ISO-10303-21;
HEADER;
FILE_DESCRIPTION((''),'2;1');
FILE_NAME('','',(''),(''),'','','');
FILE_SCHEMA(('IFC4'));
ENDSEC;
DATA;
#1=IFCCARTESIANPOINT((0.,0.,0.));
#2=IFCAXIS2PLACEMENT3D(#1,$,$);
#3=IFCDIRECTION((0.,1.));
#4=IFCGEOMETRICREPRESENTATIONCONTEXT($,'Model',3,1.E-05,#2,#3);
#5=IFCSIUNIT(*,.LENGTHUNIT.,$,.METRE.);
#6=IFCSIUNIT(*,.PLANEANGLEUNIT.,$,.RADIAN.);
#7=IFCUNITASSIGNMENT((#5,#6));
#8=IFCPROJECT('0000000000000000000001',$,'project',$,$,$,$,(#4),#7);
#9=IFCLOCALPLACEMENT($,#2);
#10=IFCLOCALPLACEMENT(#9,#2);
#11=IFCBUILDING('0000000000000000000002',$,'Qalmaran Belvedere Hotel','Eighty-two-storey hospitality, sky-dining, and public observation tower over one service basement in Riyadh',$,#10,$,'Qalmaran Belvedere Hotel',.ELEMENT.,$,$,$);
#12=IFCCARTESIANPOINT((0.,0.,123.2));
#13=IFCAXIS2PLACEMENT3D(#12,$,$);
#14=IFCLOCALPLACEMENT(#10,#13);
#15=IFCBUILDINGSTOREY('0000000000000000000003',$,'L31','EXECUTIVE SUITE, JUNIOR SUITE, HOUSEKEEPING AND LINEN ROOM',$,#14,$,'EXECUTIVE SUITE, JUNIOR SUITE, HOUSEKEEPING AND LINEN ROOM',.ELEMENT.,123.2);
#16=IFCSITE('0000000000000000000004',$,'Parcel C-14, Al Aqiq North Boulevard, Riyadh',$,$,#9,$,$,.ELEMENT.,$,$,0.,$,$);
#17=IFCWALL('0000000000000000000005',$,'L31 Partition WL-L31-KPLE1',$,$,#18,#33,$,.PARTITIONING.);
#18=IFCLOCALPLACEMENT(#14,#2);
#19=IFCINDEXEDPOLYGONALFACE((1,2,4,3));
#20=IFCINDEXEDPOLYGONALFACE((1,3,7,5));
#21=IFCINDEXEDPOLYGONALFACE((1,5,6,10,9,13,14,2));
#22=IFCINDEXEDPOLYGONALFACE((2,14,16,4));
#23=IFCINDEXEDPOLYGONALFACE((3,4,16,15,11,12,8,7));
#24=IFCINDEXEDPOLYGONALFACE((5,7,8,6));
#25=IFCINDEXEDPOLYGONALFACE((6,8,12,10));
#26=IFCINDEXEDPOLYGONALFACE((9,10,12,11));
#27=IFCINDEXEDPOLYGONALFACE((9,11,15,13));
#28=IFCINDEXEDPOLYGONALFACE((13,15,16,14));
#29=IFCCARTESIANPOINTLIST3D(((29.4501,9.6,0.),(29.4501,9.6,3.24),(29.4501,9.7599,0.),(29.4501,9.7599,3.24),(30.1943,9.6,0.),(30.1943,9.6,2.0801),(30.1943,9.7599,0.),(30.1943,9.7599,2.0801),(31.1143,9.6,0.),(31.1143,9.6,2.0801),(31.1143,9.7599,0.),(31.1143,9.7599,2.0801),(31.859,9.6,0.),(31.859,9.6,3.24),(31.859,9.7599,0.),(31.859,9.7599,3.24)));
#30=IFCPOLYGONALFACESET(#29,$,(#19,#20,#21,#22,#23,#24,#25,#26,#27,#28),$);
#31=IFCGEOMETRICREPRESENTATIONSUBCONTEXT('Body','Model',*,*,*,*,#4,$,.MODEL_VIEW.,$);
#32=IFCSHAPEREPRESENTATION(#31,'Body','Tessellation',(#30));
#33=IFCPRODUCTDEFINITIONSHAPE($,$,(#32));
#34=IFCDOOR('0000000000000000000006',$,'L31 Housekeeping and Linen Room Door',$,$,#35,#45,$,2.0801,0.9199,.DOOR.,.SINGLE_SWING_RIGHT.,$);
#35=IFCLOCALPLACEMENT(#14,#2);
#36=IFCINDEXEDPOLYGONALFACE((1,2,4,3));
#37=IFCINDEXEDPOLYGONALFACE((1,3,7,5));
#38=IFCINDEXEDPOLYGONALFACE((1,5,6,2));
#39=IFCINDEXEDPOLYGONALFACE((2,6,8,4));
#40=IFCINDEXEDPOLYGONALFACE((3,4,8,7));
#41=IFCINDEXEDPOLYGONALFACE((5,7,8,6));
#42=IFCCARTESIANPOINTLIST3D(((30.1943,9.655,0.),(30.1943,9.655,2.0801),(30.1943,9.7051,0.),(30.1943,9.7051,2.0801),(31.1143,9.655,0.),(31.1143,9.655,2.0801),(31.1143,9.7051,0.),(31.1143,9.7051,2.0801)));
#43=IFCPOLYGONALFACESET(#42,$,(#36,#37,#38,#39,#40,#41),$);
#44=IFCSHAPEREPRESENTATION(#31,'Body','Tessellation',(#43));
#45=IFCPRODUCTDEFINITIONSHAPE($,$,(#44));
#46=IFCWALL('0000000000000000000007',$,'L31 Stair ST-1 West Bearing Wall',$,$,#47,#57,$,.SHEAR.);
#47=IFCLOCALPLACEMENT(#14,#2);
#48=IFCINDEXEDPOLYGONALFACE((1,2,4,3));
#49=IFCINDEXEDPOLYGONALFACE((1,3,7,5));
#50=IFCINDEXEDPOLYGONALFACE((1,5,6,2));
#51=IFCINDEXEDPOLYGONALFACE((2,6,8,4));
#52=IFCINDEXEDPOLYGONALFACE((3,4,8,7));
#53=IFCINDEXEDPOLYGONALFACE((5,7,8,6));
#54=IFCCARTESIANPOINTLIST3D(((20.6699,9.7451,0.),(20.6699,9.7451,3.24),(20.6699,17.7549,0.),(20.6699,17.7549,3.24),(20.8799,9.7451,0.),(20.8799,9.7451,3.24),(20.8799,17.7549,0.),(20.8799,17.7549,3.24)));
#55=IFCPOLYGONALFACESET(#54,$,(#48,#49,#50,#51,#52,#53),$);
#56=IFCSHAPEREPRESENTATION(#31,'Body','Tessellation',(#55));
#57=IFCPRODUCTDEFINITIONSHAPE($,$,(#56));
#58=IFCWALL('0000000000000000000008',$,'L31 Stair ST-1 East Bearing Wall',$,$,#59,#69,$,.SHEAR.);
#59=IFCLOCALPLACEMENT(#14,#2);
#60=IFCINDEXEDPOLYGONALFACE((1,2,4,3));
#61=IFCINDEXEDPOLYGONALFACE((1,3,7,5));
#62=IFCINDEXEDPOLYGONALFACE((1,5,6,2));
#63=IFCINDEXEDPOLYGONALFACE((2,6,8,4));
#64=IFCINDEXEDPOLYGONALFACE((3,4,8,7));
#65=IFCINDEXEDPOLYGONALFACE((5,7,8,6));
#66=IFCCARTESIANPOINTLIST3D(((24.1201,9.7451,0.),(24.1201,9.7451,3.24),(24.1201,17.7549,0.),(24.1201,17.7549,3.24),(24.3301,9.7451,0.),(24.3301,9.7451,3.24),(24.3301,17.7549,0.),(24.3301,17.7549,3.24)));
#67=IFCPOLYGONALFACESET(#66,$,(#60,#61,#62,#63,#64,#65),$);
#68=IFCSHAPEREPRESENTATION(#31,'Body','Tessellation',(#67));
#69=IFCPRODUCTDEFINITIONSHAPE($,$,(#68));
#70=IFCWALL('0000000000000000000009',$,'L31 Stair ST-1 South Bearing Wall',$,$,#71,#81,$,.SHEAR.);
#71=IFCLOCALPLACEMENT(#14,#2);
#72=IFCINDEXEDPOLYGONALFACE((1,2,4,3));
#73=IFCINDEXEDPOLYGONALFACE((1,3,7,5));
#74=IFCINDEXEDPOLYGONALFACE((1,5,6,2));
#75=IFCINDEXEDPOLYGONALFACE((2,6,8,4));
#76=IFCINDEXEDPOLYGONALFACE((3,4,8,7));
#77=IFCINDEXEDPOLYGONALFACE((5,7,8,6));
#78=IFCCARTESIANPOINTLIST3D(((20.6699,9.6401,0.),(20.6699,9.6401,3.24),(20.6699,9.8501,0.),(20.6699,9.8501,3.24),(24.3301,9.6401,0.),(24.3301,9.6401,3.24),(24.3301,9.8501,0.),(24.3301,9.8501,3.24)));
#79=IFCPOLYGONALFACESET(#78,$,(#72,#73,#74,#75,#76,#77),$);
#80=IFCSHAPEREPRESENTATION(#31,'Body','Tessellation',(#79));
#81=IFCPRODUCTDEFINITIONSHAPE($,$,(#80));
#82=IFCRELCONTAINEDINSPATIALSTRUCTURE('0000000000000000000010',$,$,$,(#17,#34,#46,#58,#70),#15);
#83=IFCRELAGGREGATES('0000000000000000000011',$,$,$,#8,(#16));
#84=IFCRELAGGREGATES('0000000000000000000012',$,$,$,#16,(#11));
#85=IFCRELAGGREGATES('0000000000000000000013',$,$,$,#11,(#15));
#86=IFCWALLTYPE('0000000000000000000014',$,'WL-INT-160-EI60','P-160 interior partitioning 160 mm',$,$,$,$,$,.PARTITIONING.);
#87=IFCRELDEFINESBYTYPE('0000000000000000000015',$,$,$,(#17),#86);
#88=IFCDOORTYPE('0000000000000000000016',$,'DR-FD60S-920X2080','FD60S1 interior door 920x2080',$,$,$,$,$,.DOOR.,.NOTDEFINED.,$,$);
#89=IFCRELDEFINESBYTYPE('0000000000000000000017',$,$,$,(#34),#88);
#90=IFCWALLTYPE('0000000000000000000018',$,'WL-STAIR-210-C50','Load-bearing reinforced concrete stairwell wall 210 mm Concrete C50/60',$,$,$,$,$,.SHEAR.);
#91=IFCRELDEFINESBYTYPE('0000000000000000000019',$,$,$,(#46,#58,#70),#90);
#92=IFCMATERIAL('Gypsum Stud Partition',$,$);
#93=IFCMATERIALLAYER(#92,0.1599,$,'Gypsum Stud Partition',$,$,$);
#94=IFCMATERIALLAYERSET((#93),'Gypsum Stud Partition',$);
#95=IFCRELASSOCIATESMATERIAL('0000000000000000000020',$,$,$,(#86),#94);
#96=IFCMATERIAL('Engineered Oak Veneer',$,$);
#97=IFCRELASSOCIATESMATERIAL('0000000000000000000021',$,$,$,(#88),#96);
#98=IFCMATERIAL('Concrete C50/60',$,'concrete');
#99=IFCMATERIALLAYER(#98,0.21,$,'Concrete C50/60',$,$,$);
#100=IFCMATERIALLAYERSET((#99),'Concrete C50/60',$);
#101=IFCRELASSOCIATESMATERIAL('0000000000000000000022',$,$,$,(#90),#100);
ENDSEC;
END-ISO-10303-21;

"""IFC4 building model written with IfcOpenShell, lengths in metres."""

from ifc_helpers import new_model, si_unit, direction, frame, frame_2d, origin, place, context, subcontext, project, spatial, rectangle, extrude, material, layer, layer_set, type_object, element, fill, save


model = new_model("IFC4")

# Units and contexts
model_context = context("Model", 3, precision=1e-05, world=origin(), true_north=direction((0.0, 1.0)))
body_context = subcontext(model_context, "Body", "Model", "MODEL_VIEW")
ifc_project = project(units=[si_unit("LENGTHUNIT", "METRE"), si_unit("PLANEANGLEUNIT", "RADIAN")], contexts=[model_context])

# Site, building, storey
site_placement = place(None, origin())
site = spatial("IfcSite", under=ifc_project, at=site_placement, Name="Parcel C-14, Al Aqiq North Boulevard, Riyadh", CompositionType="ELEMENT", RefElevation=0.0)
building_placement = place(site_placement, origin())
building = spatial("IfcBuilding", under=site, at=building_placement, Name="Qalmaran Belvedere Hotel", Description="Eighty-two-storey hospitality, sky-dining, and public observation tower over one service basement in Riyadh", LongName="Qalmaran Belvedere Hotel", CompositionType="ELEMENT")
storey_placement = place(building_placement, frame((0.0, 0.0, 123.2)))
storey = spatial("IfcBuildingStorey", under=building, at=storey_placement, Name="L31", Description="EXECUTIVE SUITE, JUNIOR SUITE, HOUSEKEEPING AND LINEN ROOM", LongName="EXECUTIVE SUITE, JUNIOR SUITE, HOUSEKEEPING AND LINEN ROOM", CompositionType="ELEMENT", Elevation=123.2)

# Shared definitions
ifc_material_1 = material(Name="Concrete C50/60", Category="concrete")
ifc_material_2 = material(Name="Gypsum Stud Partition")

# Wall, opening, door
ifc_layer_1 = layer(ifc_material_2, 0.1599, Name="Gypsum Stud Partition")
ifc_layer_set_1 = layer_set([ifc_layer_1], Name="Gypsum Stud Partition")
wall_type_1 = type_object("IfcWallType", Name="WL-INT-160-EI60", Description="P-160 interior partitioning 160 mm", PredefinedType="PARTITIONING", material=ifc_layer_set_1)
wall_1_placement = place(storey_placement, frame((29.45, 9.6799, 0.0), z_axis=(0.0, 0.0, 1.0), x_axis=(1.0, 0.0, 0.0)))
wall_1 = element("IfcWall", 1, at=wall_1_placement, inside=storey, type_object=wall_type_1, Name="L31 Partition WL-L31-KPLE1", PredefinedType="PARTITIONING", context=body_context, shape_type="SweptSolid", body=[
    extrude(rectangle(XDim=2.4089, YDim=0.1599, at=frame_2d((1.2046, 0.0))), origin(), (0.0, 0.0, 1.0), 3.24),
])
opening_1_placement = place(wall_1_placement, frame((1.6643, 0.0, 0.0), z_axis=(0.0, 0.0, 1.0), x_axis=(-1.0, 0.0, 0.0)))
opening_1 = element("IfcOpeningElement", 2, at=opening_1_placement, cuts=wall_1, PredefinedType="OPENING", context=body_context, shape_type="SweptSolid", body=[
    extrude(rectangle(XDim=0.9199, YDim=2.0801, at=frame_2d((0.46, 1.04))), frame((0.0, 0.0898, 0.0), z_axis=(0.0, -1.0, 0.0), x_axis=(1.0, 0.0, 0.0)), (0.0, 0.0, 1.0), 0.1799),
])
ifc_material_3 = material(Name="Engineered Oak Veneer")
door_type_1 = type_object("IfcDoorType", Name="DR-FD60S-920X2080", Description="FD60S1 interior door 920x2080", OperationType="NOTDEFINED", PredefinedType="DOOR", material=ifc_material_3)
door_1_placement = place(opening_1_placement, origin())
door_1 = element("IfcDoor", 3, at=door_1_placement, inside=storey, type_object=door_type_1, Name="L31 Housekeeping and Linen Room Door", OperationType="SINGLE_SWING_RIGHT", OverallHeight=2.0801, OverallWidth=0.9199, PredefinedType="DOOR", context=body_context, shape_type="SweptSolid", body=[
    extrude(rectangle(XDim=0.9199, YDim=2.0801, at=frame_2d((0.46, 1.04))), frame((0.0, 0.0249, 0.0), z_axis=(0.0, -1.0, 0.0), x_axis=(1.0, 0.0, 0.0)), (0.0, 0.0, 1.0), 0.05),
])
fill(opening_1, door_1)

# Walls
ifc_layer_2 = layer(ifc_material_1, 0.21, Name="Concrete C50/60")
ifc_layer_set_2 = layer_set([ifc_layer_2], Name="Concrete C50/60")
wall_type_2 = type_object("IfcWallType", Name="WL-STAIR-210-C50", Description="Load-bearing reinforced concrete stairwell wall 210 mm Concrete C50/60", PredefinedType="SHEAR", material=ifc_layer_set_2)
for number, where, z_axis, x_axis, name in (
    (4, (20.7749, 9.7451, 0.0), (0.0, 0.0, 1.0), (0.0, 1.0, 0.0), "L31 Stair ST-1 West Bearing Wall"),
    (5, (24.2251, 9.7451, 0.0), (0.0, 0.0, 1.0), (0.0, 1.0, 0.0), "L31 Stair ST-1 East Bearing Wall"),
):
    element("IfcWall", number, at=place(storey_placement, frame(where, z_axis=z_axis, x_axis=x_axis)), inside=storey, type_object=wall_type_2, Name=name, PredefinedType="SHEAR", context=body_context, shape_type="SweptSolid", body=[
        extrude(rectangle(XDim=8.0098, YDim=0.21, at=frame_2d((4.0049, 0.0))), origin(), (0.0, 0.0, 1.0), 3.24),
    ])
wall_2_placement = place(storey_placement, frame((20.6699, 9.7451, 0.0), z_axis=(0.0, 0.0, 1.0), x_axis=(1.0, 0.0, 0.0)))
element("IfcWall", 6, at=wall_2_placement, inside=storey, type_object=wall_type_2, Name="L31 Stair ST-1 South Bearing Wall", PredefinedType="SHEAR", context=body_context, shape_type="SweptSolid", body=[
    extrude(rectangle(XDim=3.6602, YDim=0.21, at=frame_2d((1.8301, 0.0))), origin(), (0.0, 0.0, 1.0), 3.24),
])

save(model, "model.ifc")
